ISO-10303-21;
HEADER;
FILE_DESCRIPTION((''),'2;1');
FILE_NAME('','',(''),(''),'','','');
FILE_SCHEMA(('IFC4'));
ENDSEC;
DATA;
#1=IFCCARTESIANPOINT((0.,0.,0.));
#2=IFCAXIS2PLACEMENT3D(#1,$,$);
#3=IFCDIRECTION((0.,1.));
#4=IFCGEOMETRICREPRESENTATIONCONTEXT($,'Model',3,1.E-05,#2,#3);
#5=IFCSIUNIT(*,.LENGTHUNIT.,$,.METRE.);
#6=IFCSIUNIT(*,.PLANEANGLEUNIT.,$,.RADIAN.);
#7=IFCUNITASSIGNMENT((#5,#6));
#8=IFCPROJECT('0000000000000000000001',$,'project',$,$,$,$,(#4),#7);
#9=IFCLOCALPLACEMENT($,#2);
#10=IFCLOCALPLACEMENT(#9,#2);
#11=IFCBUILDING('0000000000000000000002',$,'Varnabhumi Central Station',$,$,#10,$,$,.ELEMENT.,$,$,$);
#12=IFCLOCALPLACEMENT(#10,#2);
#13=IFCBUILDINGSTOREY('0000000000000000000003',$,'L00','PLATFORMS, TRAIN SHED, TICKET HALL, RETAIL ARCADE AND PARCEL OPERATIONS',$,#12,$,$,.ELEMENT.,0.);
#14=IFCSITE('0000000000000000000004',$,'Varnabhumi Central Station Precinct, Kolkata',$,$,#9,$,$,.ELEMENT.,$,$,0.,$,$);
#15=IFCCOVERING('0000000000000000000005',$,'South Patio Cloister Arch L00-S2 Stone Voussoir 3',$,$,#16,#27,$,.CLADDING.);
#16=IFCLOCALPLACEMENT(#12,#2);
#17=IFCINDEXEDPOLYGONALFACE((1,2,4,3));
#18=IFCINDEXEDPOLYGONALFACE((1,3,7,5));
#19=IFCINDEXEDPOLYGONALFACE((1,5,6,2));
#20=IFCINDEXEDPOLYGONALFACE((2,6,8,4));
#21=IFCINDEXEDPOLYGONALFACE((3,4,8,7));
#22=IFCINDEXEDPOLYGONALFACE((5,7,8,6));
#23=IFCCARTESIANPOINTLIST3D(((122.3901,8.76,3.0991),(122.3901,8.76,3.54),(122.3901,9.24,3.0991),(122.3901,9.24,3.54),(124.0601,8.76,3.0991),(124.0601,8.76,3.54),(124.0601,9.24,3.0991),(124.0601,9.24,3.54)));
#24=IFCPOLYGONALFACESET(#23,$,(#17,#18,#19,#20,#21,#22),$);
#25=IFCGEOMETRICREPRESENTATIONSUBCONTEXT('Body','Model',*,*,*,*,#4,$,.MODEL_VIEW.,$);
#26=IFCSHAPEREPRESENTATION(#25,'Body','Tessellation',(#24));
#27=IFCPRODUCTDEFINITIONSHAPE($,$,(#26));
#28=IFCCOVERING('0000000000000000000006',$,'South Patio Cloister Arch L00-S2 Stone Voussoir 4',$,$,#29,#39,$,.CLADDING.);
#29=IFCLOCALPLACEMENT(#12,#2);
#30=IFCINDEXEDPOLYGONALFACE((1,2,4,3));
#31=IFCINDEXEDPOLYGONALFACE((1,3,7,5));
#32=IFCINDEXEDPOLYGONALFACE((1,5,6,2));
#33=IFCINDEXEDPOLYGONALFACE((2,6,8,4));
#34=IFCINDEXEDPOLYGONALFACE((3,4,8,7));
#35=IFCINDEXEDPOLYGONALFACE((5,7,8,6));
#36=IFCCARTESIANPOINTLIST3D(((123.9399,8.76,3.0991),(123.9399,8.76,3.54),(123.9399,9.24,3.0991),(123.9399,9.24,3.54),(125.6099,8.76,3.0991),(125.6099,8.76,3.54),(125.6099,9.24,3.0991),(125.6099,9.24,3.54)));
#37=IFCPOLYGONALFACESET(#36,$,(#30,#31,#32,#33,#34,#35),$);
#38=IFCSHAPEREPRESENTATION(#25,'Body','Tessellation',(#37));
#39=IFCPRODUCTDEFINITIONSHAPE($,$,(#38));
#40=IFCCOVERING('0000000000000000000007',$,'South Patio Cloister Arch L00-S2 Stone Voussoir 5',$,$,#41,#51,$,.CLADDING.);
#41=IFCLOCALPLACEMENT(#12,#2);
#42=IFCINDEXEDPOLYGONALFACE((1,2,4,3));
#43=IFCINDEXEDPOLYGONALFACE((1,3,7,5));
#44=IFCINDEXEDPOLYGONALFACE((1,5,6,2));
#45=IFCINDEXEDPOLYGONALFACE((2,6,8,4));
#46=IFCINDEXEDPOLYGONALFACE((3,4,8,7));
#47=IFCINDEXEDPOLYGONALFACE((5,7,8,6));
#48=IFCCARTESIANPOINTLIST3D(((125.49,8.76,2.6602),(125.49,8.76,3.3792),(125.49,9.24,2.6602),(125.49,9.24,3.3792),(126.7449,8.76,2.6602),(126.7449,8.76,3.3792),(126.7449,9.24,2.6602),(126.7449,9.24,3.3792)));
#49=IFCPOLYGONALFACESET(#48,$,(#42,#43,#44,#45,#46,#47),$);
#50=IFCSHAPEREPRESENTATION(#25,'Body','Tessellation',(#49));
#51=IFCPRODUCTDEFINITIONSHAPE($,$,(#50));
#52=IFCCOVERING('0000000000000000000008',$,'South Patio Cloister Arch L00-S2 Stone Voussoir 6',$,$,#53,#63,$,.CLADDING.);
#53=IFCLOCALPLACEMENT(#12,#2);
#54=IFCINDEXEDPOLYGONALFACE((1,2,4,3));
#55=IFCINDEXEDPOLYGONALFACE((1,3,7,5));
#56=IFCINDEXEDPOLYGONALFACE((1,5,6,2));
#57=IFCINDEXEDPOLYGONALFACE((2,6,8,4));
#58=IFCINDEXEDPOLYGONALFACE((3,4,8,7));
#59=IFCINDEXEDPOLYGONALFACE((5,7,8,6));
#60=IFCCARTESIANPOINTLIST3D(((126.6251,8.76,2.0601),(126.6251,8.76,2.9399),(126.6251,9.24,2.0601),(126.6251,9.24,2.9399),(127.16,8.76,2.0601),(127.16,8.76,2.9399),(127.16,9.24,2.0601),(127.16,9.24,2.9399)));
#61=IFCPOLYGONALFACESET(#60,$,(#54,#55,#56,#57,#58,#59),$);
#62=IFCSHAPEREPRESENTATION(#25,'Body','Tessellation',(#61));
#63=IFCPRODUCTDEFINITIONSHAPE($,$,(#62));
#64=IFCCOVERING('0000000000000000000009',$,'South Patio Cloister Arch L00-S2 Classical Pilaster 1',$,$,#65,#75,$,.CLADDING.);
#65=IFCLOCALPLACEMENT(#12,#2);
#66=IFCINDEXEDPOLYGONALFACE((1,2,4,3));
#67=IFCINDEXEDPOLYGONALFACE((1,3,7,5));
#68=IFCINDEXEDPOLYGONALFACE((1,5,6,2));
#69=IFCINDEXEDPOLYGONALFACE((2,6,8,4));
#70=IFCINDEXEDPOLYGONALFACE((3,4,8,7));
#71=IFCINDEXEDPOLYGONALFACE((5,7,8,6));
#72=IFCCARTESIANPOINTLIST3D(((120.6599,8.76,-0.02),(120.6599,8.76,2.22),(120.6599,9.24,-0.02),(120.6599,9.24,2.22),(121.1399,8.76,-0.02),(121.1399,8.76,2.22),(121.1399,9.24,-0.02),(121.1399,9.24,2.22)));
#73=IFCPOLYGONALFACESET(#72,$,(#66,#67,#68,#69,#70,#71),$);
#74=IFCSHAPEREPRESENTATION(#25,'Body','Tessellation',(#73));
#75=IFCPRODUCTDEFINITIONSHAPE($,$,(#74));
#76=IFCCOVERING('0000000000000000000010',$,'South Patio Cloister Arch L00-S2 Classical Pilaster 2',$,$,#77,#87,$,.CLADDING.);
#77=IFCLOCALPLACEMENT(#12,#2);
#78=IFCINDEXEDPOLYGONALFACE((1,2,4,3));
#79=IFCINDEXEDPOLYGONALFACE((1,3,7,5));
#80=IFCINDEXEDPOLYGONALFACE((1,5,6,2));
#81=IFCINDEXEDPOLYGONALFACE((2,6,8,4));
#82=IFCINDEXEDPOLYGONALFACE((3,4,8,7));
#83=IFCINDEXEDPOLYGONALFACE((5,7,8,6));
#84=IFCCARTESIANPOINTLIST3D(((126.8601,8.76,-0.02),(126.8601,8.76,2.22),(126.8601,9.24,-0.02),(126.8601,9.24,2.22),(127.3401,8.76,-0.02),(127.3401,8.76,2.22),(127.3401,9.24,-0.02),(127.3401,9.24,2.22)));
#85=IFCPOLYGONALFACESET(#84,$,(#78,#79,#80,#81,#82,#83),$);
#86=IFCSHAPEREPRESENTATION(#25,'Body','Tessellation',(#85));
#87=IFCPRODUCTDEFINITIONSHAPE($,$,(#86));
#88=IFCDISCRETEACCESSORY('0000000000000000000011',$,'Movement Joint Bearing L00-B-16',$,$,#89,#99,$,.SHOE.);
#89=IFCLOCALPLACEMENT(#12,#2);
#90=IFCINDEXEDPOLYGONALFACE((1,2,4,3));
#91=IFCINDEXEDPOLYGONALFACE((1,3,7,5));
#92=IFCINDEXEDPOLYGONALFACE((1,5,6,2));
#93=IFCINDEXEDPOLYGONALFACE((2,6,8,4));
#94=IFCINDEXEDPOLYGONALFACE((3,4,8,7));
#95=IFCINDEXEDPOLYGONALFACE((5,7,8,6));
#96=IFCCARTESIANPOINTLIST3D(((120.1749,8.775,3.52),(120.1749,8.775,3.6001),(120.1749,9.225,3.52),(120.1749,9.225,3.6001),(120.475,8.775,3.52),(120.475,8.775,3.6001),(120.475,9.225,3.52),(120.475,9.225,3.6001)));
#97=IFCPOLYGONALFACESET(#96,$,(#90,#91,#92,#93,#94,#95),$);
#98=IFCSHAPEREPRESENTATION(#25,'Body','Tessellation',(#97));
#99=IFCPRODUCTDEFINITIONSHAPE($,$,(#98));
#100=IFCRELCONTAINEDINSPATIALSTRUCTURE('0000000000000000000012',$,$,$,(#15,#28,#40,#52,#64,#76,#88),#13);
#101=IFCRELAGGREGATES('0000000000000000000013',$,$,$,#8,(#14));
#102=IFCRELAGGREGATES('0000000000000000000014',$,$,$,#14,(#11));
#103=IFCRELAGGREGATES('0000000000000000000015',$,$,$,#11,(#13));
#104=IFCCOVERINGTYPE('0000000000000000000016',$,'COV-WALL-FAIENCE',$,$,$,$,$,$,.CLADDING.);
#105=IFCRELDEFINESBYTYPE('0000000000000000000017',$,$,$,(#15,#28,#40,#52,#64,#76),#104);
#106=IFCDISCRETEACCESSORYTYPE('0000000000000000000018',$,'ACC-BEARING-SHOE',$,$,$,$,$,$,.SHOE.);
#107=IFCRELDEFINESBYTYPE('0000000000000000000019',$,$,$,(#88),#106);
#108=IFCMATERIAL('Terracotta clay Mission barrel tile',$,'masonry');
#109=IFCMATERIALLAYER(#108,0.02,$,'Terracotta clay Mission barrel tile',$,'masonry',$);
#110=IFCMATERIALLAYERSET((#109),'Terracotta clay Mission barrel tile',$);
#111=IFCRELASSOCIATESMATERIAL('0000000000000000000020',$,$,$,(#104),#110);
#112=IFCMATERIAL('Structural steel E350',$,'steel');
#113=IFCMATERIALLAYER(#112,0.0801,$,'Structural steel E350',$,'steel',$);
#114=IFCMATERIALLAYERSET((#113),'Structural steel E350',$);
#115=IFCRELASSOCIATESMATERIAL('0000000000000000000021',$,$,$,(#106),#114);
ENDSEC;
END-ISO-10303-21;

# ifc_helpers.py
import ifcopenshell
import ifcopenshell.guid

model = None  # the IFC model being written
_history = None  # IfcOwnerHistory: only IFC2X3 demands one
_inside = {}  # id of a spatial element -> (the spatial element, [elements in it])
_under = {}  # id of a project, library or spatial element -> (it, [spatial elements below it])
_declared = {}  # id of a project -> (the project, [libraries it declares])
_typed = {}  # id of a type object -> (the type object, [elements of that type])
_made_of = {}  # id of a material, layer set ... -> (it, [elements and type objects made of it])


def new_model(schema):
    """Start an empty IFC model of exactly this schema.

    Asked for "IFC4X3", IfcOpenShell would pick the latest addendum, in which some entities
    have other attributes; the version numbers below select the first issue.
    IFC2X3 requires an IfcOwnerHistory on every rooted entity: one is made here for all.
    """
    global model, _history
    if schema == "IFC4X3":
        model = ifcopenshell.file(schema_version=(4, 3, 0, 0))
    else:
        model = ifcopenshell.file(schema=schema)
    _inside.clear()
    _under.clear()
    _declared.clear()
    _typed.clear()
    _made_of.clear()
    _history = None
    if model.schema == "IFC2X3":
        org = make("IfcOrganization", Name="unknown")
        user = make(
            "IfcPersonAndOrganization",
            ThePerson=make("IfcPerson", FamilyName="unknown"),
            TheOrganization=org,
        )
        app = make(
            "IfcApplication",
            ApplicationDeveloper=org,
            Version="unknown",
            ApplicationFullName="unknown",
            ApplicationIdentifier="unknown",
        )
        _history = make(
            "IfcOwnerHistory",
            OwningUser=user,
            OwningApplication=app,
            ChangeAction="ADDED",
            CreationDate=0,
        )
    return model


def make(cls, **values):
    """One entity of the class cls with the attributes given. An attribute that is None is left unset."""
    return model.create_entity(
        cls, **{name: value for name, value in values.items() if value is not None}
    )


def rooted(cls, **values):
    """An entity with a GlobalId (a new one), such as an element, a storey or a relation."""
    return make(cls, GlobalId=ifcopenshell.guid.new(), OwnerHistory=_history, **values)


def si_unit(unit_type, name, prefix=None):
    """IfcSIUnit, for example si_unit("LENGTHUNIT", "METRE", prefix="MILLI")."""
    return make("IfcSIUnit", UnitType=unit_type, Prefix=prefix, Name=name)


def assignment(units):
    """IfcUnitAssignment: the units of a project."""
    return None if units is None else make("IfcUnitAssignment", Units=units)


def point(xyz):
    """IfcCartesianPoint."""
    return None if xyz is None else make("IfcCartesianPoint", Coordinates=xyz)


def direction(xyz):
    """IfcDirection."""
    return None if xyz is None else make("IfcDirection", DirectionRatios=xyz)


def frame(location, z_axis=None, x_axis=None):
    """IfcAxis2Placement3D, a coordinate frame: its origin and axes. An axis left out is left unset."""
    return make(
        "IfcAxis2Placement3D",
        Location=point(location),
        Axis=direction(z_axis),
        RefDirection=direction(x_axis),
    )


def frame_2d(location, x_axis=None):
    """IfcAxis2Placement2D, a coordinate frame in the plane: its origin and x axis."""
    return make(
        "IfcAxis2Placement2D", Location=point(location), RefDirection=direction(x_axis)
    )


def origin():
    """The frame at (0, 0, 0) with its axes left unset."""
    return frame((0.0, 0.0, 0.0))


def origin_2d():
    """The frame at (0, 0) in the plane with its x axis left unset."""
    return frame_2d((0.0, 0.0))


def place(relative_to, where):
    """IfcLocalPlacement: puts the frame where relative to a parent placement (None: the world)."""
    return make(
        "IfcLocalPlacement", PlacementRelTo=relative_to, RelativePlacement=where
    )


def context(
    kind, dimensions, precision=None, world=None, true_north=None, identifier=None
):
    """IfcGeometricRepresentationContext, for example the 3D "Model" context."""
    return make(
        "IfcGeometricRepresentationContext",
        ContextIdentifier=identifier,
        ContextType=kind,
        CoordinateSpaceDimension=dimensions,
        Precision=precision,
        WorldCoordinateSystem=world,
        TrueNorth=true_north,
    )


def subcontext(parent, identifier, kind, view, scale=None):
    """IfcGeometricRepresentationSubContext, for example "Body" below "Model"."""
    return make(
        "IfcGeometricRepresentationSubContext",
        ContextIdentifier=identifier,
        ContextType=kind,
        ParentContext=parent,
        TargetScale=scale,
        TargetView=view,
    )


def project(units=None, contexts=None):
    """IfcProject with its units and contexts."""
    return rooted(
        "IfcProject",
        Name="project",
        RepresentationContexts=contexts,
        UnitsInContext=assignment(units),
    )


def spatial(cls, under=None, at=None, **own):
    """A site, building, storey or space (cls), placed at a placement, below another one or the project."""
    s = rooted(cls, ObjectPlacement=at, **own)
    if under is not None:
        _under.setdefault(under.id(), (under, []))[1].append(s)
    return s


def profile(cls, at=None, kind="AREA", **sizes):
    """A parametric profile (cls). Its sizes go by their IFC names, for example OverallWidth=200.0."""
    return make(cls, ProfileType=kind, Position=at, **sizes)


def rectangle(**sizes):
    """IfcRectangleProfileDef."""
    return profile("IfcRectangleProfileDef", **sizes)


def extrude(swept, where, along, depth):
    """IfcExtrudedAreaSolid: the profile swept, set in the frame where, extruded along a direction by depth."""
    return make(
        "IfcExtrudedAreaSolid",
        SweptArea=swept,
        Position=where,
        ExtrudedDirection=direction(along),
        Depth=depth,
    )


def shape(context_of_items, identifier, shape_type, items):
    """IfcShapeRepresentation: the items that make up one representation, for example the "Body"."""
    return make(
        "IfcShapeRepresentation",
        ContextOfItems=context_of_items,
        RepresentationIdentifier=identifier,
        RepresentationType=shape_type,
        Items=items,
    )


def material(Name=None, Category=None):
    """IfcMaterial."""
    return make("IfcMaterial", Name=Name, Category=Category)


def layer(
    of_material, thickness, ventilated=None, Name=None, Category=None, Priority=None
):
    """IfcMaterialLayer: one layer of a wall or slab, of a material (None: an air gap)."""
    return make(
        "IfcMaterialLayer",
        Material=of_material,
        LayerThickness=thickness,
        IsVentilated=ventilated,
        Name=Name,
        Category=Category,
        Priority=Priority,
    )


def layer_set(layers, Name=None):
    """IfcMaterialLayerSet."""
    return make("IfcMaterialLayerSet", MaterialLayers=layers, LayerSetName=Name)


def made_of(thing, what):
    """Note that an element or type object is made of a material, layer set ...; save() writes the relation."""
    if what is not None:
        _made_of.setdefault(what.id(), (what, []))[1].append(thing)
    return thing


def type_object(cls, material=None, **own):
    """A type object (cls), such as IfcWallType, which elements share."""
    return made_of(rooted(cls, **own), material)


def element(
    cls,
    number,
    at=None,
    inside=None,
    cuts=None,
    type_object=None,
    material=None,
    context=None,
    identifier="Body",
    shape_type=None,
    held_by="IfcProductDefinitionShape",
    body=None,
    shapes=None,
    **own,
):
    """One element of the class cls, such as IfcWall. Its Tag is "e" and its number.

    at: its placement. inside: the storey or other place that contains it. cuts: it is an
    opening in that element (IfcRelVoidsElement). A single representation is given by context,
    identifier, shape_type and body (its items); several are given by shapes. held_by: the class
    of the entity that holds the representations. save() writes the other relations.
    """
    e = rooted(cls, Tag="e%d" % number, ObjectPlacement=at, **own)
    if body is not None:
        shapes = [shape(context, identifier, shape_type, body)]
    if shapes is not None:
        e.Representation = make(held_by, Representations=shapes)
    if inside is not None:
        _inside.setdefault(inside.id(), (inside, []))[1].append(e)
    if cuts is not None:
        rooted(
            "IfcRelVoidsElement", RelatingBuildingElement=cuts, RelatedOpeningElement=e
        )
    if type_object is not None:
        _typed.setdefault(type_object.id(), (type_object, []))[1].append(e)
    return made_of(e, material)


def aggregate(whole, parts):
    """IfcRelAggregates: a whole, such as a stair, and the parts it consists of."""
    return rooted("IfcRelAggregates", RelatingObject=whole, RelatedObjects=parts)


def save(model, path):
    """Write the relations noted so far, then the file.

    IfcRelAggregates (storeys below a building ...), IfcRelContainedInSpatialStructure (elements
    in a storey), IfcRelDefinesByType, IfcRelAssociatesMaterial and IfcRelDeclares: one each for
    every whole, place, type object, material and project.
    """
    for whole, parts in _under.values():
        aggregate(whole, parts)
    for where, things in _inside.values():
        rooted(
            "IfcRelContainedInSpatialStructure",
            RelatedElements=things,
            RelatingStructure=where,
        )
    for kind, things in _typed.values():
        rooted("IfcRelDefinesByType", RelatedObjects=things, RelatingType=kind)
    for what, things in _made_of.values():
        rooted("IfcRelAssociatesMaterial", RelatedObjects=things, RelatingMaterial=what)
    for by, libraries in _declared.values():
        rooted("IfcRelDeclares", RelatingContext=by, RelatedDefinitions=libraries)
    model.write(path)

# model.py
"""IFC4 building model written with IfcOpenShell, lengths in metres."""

from ifc_helpers import new_model, si_unit, direction, frame, origin, origin_2d, place, context, subcontext, project, spatial, rectangle, extrude, material, layer, layer_set, type_object, element, save


model = new_model("IFC4")

# Units and contexts
model_context = context("Model", 3, precision=1e-05, world=origin(), true_north=direction((0.0, 1.0)))
body_context = subcontext(model_context, "Body", "Model", "MODEL_VIEW")
ifc_project = project(units=[si_unit("LENGTHUNIT", "METRE"), si_unit("PLANEANGLEUNIT", "RADIAN")], contexts=[model_context])

# Site, building, storey
site_placement = place(None, origin())
site = spatial("IfcSite", under=ifc_project, at=site_placement, Name="Varnabhumi Central Station Precinct, Kolkata", CompositionType="ELEMENT", RefElevation=0.0)
building_placement = place(site_placement, origin())
building = spatial("IfcBuilding", under=site, at=building_placement, Name="Varnabhumi Central Station", CompositionType="ELEMENT")
storey_placement = place(building_placement, origin())
storey = spatial("IfcBuildingStorey", under=building, at=storey_placement, Name="L00", Description="PLATFORMS, TRAIN SHED, TICKET HALL, RETAIL ARCADE AND PARCEL OPERATIONS", CompositionType="ELEMENT", Elevation=0.0)

# Coverings
ifc_material_1 = material(Name="Terracotta clay Mission barrel tile", Category="masonry")
ifc_layer_1 = layer(ifc_material_1, 0.02, Name="Terracotta clay Mission barrel tile", Category="masonry")
ifc_layer_set_1 = layer_set([ifc_layer_1], Name="Terracotta clay Mission barrel tile")
covering_type = type_object("IfcCoveringType", Name="COV-WALL-FAIENCE", PredefinedType="CLADDING", material=ifc_layer_set_1)
for number, where, z_axis, x_axis, name in (
    (1, (123.2251, 9.0, 3.0991), (0.0, 0.0, 1.0), (1.0, 0.0, 0.0), "South Patio Cloister Arch L00-S2 Stone Voussoir 3"),
    (2, (124.7749, 9.0, 3.0991), (0.0, 0.0, 1.0), (1.0, 0.0, 0.0), "South Patio Cloister Arch L00-S2 Stone Voussoir 4"),
):
    element("IfcCovering", number, at=place(storey_placement, frame(where, z_axis=z_axis, x_axis=x_axis)), inside=storey, type_object=covering_type, Name=name, PredefinedType="CLADDING", context=body_context, shape_type="SweptSolid", body=[
        extrude(rectangle(XDim=1.6699, YDim=0.48, at=origin_2d()), origin(), (0.0, 0.0, 1.0), 0.4409),
    ])
covering_1_placement = place(storey_placement, frame((126.1174, 9.0, 2.6602), z_axis=(0.0, 0.0, 1.0), x_axis=(1.0, 0.0, 0.0)))
element("IfcCovering", 3, at=covering_1_placement, inside=storey, type_object=covering_type, Name="South Patio Cloister Arch L00-S2 Stone Voussoir 5", PredefinedType="CLADDING", context=body_context, shape_type="SweptSolid", body=[
    extrude(rectangle(XDim=1.2549, YDim=0.48, at=origin_2d()), origin(), (0.0, 0.0, 1.0), 0.719),
])
covering_2_placement = place(storey_placement, frame((126.8926, 9.0, 2.0601), z_axis=(0.0, 0.0, 1.0), x_axis=(1.0, 0.0, 0.0)))
element("IfcCovering", 4, at=covering_2_placement, inside=storey, type_object=covering_type, Name="South Patio Cloister Arch L00-S2 Stone Voussoir 6", PredefinedType="CLADDING", context=body_context, shape_type="SweptSolid", body=[
    extrude(rectangle(XDim=0.5349, YDim=0.48, at=origin_2d()), origin(), (0.0, 0.0, 1.0), 0.8799),
])
for number, where, z_axis, x_axis, name in (
    (5, (120.8999, 9.0, -0.02), (0.0, 0.0, 1.0), (1.0, 0.0, 0.0), "South Patio Cloister Arch L00-S2 Classical Pilaster 1"),
    (6, (127.1001, 9.0, -0.02), (0.0, 0.0, 1.0), (1.0, 0.0, 0.0), "South Patio Cloister Arch L00-S2 Classical Pilaster 2"),
):
    element("IfcCovering", number, at=place(storey_placement, frame(where, z_axis=z_axis, x_axis=x_axis)), inside=storey, type_object=covering_type, Name=name, PredefinedType="CLADDING", context=body_context, shape_type="SweptSolid", body=[
        extrude(rectangle(XDim=0.48, YDim=0.48, at=origin_2d()), origin(), (0.0, 0.0, 1.0), 2.24),
    ])

# Discrete accessory
ifc_material_2 = material(Name="Structural steel E350", Category="steel")
ifc_layer_2 = layer(ifc_material_2, 0.0801, Name="Structural steel E350", Category="steel")
ifc_layer_set_2 = layer_set([ifc_layer_2], Name="Structural steel E350")
discrete_accessory_type = type_object("IfcDiscreteAccessoryType", Name="ACC-BEARING-SHOE", PredefinedType="SHOE", material=ifc_layer_set_2)
discrete_accessory_placement = place(storey_placement, frame((120.325, 9.0, 3.52), z_axis=(0.0, 0.0, 1.0), x_axis=(1.0, 0.0, 0.0)))
element("IfcDiscreteAccessory", 7, at=discrete_accessory_placement, inside=storey, type_object=discrete_accessory_type, Name="Movement Joint Bearing L00-B-16", PredefinedType="SHOE", context=body_context, shape_type="SweptSolid", body=[
    extrude(rectangle(XDim=0.3, YDim=0.45, at=origin_2d()), origin(), (0.0, 0.0, 1.0), 0.0801),
])

save(model, "model.ifc")
